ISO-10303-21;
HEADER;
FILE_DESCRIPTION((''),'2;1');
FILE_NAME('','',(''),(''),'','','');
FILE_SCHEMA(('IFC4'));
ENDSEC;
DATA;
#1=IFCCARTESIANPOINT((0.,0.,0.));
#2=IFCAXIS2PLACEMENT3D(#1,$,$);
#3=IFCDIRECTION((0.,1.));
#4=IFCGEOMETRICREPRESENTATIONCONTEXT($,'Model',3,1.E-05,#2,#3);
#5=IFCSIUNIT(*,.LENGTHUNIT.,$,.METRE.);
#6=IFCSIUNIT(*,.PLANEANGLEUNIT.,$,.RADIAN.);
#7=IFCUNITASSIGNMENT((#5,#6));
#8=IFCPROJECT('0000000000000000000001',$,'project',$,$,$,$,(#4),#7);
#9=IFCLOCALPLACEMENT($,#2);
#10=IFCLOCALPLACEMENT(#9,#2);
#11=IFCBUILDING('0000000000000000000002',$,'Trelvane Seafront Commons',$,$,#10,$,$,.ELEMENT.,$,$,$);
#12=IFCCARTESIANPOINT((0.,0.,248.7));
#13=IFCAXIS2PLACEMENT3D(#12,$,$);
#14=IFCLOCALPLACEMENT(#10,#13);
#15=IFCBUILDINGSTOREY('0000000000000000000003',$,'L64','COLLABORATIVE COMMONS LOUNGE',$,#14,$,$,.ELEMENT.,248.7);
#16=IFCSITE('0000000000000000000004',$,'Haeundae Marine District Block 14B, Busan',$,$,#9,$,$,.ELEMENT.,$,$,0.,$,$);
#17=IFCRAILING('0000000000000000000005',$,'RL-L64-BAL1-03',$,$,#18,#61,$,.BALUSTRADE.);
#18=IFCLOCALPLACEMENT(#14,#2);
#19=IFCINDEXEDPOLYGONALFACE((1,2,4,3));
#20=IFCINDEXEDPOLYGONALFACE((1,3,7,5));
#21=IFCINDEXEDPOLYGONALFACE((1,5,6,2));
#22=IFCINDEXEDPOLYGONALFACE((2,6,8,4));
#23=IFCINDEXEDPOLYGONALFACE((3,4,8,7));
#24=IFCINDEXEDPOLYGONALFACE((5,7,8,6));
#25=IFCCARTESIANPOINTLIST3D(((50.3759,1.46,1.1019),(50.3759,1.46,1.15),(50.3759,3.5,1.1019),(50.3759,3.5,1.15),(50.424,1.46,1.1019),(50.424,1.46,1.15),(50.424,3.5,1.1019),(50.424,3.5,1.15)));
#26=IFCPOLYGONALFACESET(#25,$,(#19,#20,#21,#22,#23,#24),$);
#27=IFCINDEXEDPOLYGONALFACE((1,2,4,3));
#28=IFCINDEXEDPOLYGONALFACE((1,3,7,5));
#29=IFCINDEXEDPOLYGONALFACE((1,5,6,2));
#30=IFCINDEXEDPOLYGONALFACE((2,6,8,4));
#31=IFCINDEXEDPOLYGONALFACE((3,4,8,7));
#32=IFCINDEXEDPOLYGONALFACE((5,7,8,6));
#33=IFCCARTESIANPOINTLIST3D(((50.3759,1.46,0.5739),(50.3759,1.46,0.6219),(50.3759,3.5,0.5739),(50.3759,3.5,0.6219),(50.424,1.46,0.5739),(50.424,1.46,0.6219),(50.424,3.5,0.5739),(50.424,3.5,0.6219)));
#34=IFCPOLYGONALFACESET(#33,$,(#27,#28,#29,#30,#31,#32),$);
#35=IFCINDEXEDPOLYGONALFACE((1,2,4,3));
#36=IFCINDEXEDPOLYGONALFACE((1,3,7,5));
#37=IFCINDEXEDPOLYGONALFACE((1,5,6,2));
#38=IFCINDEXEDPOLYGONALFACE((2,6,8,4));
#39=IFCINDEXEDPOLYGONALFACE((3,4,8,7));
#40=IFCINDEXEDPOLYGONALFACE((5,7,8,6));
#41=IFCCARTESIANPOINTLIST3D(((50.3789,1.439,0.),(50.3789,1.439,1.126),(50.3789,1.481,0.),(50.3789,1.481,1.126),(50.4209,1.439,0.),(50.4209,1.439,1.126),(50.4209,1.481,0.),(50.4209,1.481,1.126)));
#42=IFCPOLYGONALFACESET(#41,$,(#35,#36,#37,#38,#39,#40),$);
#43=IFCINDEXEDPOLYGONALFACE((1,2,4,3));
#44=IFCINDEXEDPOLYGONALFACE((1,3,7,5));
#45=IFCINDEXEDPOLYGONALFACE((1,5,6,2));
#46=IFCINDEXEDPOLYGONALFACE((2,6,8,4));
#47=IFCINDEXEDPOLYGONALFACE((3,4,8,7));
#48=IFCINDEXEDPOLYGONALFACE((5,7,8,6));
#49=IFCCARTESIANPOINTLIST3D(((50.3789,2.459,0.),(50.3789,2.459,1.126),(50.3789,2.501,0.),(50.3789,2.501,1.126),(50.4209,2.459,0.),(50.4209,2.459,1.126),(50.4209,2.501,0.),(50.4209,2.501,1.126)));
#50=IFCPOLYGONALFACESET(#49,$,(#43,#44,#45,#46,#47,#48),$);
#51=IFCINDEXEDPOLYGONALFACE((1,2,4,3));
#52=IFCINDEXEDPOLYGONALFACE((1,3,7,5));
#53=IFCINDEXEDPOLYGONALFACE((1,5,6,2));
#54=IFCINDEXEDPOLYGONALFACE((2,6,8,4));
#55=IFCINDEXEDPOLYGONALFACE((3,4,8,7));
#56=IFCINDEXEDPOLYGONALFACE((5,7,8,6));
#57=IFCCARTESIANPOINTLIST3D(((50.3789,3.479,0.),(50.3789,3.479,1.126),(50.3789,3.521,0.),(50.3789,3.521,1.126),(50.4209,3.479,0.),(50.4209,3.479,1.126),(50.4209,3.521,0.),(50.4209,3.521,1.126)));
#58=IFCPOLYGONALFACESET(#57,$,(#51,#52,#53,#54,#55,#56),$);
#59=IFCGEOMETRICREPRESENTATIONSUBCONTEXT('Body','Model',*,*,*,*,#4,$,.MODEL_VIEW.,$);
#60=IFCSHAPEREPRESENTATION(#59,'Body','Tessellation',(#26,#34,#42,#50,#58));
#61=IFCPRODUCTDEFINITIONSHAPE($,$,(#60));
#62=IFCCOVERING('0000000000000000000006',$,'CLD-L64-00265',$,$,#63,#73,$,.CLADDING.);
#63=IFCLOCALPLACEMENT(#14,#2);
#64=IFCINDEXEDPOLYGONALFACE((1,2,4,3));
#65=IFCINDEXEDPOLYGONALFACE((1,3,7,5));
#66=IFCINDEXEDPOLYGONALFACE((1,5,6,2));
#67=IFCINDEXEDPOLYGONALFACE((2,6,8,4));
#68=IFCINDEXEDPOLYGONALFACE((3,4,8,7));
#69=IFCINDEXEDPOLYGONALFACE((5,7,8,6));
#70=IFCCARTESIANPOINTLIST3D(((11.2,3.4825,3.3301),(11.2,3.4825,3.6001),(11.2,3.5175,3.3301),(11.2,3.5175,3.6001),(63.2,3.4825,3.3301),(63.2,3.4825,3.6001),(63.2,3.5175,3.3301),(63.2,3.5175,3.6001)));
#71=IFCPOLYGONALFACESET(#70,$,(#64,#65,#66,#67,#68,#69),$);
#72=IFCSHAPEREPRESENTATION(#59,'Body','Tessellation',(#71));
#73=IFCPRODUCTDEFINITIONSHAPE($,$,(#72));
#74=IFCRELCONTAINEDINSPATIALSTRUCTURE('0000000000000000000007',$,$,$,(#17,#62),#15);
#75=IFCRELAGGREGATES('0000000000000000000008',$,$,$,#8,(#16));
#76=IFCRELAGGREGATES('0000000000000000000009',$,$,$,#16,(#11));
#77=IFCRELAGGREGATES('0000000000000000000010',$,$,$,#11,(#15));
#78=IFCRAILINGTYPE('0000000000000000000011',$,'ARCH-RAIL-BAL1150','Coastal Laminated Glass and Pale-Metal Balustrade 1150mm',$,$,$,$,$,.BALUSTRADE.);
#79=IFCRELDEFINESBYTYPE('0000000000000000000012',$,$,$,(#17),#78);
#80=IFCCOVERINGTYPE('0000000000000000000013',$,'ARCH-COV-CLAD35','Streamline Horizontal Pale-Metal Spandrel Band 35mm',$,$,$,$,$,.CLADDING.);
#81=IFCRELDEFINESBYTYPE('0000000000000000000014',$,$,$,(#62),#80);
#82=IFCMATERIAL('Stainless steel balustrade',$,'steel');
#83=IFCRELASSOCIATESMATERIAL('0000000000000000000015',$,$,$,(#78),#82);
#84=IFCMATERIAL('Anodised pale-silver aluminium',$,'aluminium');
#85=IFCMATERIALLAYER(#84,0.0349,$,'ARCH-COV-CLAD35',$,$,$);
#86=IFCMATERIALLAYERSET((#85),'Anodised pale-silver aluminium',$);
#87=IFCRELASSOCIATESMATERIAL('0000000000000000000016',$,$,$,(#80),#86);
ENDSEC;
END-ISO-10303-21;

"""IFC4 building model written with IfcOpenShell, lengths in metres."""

from ifc_helpers import new_model, si_unit, direction, frame, origin, origin_2d, place, context, subcontext, project, spatial, rectangle, extrude, source, transform, mapped, material, layer, layer_set, type_object, element, save


model = new_model("IFC4")

# Units and contexts
model_context = context("Model", 3, precision=1e-05, world=origin(), true_north=direction((0.0, 1.0)))
body_context = subcontext(model_context, "Body", "Model", "MODEL_VIEW")
ifc_project = project(units=[si_unit("LENGTHUNIT", "METRE"), si_unit("PLANEANGLEUNIT", "RADIAN")], contexts=[model_context])

# Site, building, storey
site_placement = place(None, origin())
site = spatial("IfcSite", under=ifc_project, at=site_placement, Name="Haeundae Marine District Block 14B, Busan", CompositionType="ELEMENT", RefElevation=0.0)
building_placement = place(site_placement, origin())
building = spatial("IfcBuilding", under=site, at=building_placement, Name="Trelvane Seafront Commons", CompositionType="ELEMENT")
storey_placement = place(building_placement, frame((0.0, 0.0, 248.7)))
storey = spatial("IfcBuildingStorey", under=building, at=storey_placement, Name="L64", Description="COLLABORATIVE COMMONS LOUNGE", CompositionType="ELEMENT", Elevation=248.7)

# Shared definitions
ifc_material_1 = material(Name="Anodised pale-silver aluminium", Category="aluminium")

# Railing
ifc_material_2 = material(Name="Stainless steel balustrade", Category="steel")
railing_type = type_object("IfcRailingType", Name="ARCH-RAIL-BAL1150", Description="Coastal Laminated Glass and Pale-Metal Balustrade 1150mm", PredefinedType="BALUSTRADE", material=ifc_material_2)
railing_1_placement = place(storey_placement, frame((50.3999, 1.46, 0.0)))
element("IfcRailing", 1, at=railing_1_placement, inside=storey, type_object=railing_type, Name="RL-L64-BAL1-03", PredefinedType="BALUSTRADE", context=body_context, shape_type="SweptSolid", body=[
    extrude(rectangle(XDim=0.0481, YDim=0.0481, at=origin_2d()), frame((0.0, 0.0, 1.126), z_axis=(0.0, 1.0, 0.0), x_axis=(-1.0, 0.0, 0.0)), (0.0, 0.0, 1.0), 2.04),
    extrude(rectangle(XDim=0.0481, YDim=0.0481, at=origin_2d()), frame((0.0, 0.0, 0.5979), z_axis=(0.0, 1.0, 0.0), x_axis=(-1.0, 0.0, 0.0)), (0.0, 0.0, 1.0), 2.04),
    extrude(rectangle(XDim=0.042, YDim=0.042, at=origin_2d()), origin(), (0.0, 0.0, 1.0), 1.126),
    extrude(rectangle(XDim=0.042, YDim=0.042, at=origin_2d()), frame((0.0, 1.02, 0.0)), (0.0, 0.0, 1.0), 1.126),
    extrude(rectangle(XDim=0.042, YDim=0.042, at=origin_2d()), frame((0.0, 2.04, 0.0)), (0.0, 0.0, 1.0), 1.126),
])

# Covering
ifc_layer_1 = layer(ifc_material_1, 0.0349, Name="ARCH-COV-CLAD35")
ifc_layer_set_1 = layer_set([ifc_layer_1], Name="Anodised pale-silver aluminium")
covering_type = type_object("IfcCoveringType", Name="ARCH-COV-CLAD35", Description="Streamline Horizontal Pale-Metal Spandrel Band 35mm", PredefinedType="CLADDING", material=ifc_layer_set_1)
shared_shape_1 = source(origin(), body_context, "Body", "SweptSolid", [
    extrude(rectangle(XDim=52.0, YDim=0.0349, at=origin_2d()), origin(), (0.0, 0.0, 1.0), 0.27),
])
covering_placement = place(storey_placement, frame((37.2, 3.5, 3.3301), z_axis=(0.0, 0.0, 1.0), x_axis=(-1.0, 0.0, 0.0)))
element("IfcCovering", 2, at=covering_placement, inside=storey, type_object=covering_type, Name="CLD-L64-00265", PredefinedType="CLADDING", context=body_context, shape_type="MappedRepresentation", body=[
    mapped(shared_shape_1, transform((0.0, 0.0, 0.0), x_axis=(1.0, 0.0, 0.0), y_axis=(0.0, 1.0, 0.0), z_axis=(0.0, 0.0, 1.0), scale=1.0)),
])

save(model, "model.ifc")
